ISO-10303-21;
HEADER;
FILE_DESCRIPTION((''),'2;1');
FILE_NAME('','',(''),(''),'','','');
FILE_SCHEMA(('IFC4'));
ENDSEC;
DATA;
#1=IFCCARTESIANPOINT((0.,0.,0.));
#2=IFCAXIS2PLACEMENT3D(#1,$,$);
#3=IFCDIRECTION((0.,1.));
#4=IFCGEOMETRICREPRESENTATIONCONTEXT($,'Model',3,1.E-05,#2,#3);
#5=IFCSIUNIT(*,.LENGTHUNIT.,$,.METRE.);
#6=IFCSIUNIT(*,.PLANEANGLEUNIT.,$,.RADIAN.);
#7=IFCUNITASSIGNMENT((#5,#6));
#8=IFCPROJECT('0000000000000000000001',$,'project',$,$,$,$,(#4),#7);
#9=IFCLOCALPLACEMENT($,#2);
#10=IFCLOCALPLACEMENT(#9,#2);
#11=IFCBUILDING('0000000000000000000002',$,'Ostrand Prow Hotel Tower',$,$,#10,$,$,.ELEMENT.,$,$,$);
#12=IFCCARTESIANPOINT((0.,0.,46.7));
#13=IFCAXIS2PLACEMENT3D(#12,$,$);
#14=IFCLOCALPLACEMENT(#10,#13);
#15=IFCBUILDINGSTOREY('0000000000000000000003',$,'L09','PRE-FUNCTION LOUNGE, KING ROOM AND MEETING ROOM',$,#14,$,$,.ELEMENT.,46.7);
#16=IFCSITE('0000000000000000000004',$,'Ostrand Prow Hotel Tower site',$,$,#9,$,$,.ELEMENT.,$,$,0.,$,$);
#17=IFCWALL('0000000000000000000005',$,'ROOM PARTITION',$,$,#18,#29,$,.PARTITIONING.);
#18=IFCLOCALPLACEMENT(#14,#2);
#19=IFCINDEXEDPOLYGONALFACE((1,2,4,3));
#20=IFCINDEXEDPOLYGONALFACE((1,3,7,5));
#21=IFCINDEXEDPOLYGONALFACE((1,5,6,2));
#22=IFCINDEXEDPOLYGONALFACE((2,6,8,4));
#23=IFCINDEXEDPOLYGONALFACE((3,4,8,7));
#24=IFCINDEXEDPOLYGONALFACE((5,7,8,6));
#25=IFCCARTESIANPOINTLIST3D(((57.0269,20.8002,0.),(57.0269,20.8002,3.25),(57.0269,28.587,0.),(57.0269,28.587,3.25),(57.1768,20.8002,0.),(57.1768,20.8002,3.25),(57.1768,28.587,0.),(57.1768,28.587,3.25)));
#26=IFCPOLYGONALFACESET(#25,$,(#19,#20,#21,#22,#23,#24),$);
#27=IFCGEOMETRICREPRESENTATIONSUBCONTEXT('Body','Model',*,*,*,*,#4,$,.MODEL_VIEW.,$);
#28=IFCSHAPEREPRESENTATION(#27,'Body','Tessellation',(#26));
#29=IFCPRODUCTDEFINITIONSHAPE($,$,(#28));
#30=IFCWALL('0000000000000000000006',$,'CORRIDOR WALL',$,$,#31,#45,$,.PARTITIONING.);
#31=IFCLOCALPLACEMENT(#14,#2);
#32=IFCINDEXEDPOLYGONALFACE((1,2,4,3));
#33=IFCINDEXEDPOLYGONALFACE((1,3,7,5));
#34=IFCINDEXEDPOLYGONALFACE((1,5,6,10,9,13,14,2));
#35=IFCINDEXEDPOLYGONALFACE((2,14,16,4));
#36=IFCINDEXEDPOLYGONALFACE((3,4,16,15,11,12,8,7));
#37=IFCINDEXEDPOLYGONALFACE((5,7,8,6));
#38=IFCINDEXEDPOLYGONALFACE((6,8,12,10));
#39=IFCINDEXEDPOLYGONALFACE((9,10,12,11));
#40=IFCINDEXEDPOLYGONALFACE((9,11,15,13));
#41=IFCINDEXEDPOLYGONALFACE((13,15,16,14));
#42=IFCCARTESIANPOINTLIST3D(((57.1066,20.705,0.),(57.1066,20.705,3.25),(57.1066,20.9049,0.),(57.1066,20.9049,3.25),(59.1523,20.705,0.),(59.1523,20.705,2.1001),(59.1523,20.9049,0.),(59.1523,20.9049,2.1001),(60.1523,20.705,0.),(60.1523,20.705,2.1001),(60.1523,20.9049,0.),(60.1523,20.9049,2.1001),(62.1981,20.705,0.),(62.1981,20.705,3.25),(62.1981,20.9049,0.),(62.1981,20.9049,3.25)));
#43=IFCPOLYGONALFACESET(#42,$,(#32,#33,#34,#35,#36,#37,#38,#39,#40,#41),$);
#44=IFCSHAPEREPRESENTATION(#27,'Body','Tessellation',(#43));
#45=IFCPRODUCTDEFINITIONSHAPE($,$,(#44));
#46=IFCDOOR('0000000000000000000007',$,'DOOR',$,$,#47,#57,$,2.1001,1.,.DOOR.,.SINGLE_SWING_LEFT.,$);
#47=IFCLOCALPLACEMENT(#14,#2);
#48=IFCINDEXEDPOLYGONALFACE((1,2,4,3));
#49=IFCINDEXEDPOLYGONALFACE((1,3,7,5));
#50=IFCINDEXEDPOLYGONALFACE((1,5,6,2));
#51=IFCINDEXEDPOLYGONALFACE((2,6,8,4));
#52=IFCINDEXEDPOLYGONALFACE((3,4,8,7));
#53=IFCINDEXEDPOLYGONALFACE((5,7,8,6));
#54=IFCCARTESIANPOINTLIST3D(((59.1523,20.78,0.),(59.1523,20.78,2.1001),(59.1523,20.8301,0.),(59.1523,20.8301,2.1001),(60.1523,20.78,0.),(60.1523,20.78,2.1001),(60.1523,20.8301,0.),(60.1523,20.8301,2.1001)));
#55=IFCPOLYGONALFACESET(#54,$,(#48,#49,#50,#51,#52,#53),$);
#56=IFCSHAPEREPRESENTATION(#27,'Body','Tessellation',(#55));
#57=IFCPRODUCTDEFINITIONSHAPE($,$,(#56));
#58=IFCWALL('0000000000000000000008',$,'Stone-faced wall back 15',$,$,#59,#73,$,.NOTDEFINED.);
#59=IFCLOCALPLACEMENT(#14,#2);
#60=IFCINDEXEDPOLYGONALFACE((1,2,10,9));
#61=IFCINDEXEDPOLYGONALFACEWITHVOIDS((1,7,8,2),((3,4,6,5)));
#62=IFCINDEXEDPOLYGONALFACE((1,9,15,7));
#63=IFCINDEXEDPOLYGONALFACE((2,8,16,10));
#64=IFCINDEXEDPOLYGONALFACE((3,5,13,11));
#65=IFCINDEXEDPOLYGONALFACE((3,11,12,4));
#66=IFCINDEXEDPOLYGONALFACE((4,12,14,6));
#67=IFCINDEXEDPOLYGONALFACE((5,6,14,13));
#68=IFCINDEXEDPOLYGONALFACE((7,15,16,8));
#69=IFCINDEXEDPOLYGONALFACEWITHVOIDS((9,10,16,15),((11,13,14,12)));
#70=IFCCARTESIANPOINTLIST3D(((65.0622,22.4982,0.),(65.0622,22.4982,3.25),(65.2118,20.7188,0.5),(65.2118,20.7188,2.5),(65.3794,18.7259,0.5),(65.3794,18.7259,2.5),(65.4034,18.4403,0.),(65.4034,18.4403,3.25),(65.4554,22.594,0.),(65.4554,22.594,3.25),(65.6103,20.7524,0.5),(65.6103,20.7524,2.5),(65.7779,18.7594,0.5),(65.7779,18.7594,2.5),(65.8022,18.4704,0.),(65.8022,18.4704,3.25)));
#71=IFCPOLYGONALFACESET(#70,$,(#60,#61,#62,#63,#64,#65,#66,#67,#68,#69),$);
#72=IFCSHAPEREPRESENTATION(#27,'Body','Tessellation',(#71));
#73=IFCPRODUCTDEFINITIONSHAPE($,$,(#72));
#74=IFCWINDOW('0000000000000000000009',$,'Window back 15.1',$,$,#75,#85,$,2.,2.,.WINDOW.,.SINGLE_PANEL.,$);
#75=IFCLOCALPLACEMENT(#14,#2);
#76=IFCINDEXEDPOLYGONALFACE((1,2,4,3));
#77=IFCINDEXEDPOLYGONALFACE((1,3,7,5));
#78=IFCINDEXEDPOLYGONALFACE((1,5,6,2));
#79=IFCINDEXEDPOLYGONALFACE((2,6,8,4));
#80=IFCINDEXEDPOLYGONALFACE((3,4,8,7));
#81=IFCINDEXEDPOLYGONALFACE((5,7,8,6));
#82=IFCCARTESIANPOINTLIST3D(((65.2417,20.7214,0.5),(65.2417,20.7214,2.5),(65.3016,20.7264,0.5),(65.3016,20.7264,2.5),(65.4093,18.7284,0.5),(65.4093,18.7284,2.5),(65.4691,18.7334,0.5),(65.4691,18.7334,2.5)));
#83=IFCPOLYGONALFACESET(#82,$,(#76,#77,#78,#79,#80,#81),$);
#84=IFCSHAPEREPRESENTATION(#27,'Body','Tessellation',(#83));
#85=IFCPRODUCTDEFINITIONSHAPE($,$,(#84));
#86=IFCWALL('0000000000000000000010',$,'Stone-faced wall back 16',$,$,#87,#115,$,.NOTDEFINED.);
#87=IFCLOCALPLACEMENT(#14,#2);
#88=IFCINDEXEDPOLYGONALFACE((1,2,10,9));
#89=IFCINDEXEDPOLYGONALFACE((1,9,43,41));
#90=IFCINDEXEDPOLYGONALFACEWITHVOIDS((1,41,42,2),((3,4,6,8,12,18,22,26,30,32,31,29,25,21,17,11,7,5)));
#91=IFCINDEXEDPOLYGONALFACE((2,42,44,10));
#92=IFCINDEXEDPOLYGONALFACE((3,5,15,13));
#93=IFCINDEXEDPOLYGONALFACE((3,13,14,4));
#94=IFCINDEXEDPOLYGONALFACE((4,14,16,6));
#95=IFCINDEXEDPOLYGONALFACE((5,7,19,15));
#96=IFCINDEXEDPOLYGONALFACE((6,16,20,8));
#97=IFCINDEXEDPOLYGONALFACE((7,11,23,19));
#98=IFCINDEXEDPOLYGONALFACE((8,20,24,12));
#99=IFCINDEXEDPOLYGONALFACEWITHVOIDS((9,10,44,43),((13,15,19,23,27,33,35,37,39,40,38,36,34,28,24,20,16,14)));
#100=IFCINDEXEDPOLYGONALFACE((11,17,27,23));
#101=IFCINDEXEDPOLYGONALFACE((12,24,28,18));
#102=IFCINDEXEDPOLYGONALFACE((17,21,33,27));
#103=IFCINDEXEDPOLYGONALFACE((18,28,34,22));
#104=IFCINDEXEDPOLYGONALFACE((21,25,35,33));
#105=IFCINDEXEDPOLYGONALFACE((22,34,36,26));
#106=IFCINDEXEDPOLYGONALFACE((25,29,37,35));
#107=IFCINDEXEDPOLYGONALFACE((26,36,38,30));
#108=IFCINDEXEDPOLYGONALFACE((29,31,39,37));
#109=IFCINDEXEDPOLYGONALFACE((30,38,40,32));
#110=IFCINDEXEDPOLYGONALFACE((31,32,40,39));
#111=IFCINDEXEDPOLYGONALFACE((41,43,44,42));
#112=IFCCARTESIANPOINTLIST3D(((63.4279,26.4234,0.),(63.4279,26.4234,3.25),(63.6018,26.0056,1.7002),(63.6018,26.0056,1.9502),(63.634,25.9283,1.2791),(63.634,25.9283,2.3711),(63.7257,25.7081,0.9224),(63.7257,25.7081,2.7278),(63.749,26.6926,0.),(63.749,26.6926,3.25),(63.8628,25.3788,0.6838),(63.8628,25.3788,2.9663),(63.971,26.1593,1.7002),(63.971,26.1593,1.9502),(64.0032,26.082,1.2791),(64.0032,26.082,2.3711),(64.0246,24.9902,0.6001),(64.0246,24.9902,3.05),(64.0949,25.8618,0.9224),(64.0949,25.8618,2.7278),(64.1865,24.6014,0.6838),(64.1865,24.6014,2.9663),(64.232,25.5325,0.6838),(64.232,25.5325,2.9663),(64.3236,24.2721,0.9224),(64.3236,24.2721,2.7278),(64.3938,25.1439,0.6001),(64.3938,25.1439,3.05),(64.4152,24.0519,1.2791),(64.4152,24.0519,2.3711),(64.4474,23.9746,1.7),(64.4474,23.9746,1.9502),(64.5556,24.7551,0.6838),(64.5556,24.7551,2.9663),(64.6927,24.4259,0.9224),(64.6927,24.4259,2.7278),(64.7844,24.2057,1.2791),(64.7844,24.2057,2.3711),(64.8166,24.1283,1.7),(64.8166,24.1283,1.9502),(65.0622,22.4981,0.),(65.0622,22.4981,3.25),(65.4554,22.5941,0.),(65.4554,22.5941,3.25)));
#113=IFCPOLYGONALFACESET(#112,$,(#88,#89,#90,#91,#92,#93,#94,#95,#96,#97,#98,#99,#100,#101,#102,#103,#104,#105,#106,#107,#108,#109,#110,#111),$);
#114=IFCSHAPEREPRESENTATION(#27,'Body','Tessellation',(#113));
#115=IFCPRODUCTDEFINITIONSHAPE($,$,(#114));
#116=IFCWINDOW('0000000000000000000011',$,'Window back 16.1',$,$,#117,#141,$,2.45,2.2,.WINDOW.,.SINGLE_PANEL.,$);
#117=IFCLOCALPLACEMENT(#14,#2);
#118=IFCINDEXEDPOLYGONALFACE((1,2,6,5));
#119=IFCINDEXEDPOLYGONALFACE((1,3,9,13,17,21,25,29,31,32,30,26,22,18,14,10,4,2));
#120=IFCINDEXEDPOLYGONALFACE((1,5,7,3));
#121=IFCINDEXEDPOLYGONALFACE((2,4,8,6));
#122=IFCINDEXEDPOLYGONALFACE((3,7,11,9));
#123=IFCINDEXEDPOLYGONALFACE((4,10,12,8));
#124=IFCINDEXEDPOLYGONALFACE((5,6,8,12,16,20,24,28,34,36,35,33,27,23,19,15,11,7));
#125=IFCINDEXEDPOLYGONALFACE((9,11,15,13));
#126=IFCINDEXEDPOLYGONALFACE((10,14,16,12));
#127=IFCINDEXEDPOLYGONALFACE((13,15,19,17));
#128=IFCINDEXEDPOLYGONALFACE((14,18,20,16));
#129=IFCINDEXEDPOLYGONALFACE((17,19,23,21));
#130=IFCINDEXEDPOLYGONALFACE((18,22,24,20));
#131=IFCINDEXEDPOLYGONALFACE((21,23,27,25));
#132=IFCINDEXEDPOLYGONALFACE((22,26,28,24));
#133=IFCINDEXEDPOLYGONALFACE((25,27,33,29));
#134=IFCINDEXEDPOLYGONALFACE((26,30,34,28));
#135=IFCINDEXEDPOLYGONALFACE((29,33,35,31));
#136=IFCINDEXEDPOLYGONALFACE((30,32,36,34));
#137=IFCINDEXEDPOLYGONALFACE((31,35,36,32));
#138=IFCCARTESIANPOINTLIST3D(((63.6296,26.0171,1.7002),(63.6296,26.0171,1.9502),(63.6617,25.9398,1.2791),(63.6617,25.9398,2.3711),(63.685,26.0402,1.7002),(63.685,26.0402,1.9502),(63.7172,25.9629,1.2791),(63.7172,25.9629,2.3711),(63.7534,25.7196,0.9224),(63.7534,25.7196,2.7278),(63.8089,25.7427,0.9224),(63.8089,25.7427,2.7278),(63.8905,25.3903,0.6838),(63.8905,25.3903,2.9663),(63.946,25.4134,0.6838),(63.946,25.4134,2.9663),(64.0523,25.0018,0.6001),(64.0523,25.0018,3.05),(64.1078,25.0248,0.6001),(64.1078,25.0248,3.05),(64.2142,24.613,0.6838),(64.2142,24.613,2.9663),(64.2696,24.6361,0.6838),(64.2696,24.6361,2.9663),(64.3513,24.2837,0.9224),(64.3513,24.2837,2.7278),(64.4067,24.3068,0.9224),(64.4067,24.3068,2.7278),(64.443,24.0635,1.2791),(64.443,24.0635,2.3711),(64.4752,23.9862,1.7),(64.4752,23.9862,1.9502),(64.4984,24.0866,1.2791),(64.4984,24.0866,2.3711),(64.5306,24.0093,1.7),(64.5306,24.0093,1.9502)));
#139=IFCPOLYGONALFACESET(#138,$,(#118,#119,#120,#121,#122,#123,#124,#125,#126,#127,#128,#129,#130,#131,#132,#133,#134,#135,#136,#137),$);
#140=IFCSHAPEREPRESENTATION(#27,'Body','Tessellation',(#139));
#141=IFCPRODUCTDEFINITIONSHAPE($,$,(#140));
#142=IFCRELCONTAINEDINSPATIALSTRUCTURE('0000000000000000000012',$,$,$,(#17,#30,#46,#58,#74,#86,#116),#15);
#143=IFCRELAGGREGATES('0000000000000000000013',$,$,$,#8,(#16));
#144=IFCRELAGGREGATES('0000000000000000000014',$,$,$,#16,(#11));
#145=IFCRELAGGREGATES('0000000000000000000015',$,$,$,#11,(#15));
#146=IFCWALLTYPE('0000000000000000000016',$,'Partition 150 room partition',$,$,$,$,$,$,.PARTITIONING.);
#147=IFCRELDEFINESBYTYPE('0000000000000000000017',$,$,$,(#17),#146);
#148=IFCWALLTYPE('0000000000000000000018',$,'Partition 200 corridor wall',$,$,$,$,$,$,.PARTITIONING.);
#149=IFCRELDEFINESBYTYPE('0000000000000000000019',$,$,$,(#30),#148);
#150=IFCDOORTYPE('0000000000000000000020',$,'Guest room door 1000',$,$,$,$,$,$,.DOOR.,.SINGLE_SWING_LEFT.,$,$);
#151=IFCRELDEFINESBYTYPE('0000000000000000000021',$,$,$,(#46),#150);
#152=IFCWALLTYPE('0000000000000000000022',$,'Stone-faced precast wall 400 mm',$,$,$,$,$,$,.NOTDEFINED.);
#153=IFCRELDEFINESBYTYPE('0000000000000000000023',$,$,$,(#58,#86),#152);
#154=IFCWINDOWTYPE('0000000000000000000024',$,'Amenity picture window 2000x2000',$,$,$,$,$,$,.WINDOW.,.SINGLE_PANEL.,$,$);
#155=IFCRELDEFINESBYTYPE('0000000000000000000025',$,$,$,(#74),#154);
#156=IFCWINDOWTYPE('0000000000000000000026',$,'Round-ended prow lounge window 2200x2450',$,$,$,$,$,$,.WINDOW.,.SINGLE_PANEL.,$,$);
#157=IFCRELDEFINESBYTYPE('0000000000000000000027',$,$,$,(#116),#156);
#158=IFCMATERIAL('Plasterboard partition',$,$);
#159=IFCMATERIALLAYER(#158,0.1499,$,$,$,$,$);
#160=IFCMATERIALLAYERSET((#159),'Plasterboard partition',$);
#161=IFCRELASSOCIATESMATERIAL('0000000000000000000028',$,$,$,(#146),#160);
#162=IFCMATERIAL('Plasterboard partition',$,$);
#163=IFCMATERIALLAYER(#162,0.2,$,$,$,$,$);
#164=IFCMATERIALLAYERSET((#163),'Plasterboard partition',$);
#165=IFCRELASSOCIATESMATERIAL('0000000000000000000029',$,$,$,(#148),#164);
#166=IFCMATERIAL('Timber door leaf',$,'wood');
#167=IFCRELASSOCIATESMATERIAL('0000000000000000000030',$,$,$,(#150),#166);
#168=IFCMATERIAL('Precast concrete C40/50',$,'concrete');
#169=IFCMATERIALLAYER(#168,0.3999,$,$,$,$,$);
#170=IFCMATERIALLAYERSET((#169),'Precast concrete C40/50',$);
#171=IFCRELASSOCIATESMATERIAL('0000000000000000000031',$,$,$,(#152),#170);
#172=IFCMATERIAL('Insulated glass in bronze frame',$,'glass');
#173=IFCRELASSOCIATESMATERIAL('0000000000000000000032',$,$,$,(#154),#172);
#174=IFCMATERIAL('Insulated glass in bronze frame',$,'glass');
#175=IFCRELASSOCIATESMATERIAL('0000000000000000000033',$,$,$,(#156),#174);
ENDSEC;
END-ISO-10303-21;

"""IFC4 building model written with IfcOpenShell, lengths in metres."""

from ifc_helpers import new_model, si_unit, direction, frame, frame_2d, origin, place, context, subcontext, project, spatial, polyline, rectangle, outline, extrude, material, layer, layer_set, type_object, element, fill, save


model = new_model("IFC4")

# Units and contexts
model_context = context("Model", 3, precision=1e-05, world=origin(), true_north=direction((0.0, 1.0)))
body_context = subcontext(model_context, "Body", "Model", "MODEL_VIEW")
ifc_project = project(units=[si_unit("LENGTHUNIT", "METRE"), si_unit("PLANEANGLEUNIT", "RADIAN")], contexts=[model_context])

# Site, building, storey
site_placement = place(None, origin())
site = spatial("IfcSite", under=ifc_project, at=site_placement, Name="Ostrand Prow Hotel Tower site", CompositionType="ELEMENT", RefElevation=0.0)
building_placement = place(site_placement, origin())
building = spatial("IfcBuilding", under=site, at=building_placement, Name="Ostrand Prow Hotel Tower", CompositionType="ELEMENT")
storey_placement = place(building_placement, frame((0.0, 0.0, 46.7)))
storey = spatial("IfcBuildingStorey", under=building, at=storey_placement, Name="L09", Description="PRE-FUNCTION LOUNGE, KING ROOM AND MEETING ROOM", CompositionType="ELEMENT", Elevation=46.7)

# Wall
ifc_material_1 = material(Name="Plasterboard partition")
ifc_layer_1 = layer(ifc_material_1, 0.1499)
ifc_layer_set_1 = layer_set([ifc_layer_1], Name="Plasterboard partition")
wall_type_1 = type_object("IfcWallType", Name="Partition 150 room partition", PredefinedType="PARTITIONING", material=ifc_layer_set_1)
wall_1_placement = place(storey_placement, frame((57.1018, 20.8, 0.0), z_axis=(0.0, 0.0, 1.0), x_axis=(0.0, 1.0, 0.0)))
element("IfcWall", 1, at=wall_1_placement, inside=storey, type_object=wall_type_1, Name="ROOM PARTITION", PredefinedType="PARTITIONING", context=body_context, shape_type="SweptSolid", body=[
    extrude(rectangle(XDim=7.7869, YDim=0.1499, at=frame_2d((3.8936, 0.0))), origin(), (0.0, 0.0, 1.0), 3.25),
])

# Wall, opening, door
ifc_material_2 = material(Name="Plasterboard partition")
ifc_layer_2 = layer(ifc_material_2, 0.2)
ifc_layer_set_2 = layer_set([ifc_layer_2], Name="Plasterboard partition")
wall_type_2 = type_object("IfcWallType", Name="Partition 200 corridor wall", PredefinedType="PARTITIONING", material=ifc_layer_set_2)
wall_2_placement = place(storey_placement, frame((62.1982, 20.8049, 0.0), z_axis=(0.0, 0.0, 1.0), x_axis=(-1.0, 0.0, 0.0)))
wall_2 = element("IfcWall", 2, at=wall_2_placement, inside=storey, type_object=wall_type_2, Name="CORRIDOR WALL", PredefinedType="PARTITIONING", context=body_context, shape_type="SweptSolid", body=[
    extrude(rectangle(XDim=5.0916, YDim=0.2, at=frame_2d((2.5459, 0.0))), origin(), (0.0, 0.0, 1.0), 3.25),
])
opening_1_placement = place(wall_2_placement, frame((2.0459, 0.0, 0.0)))
opening_1 = element("IfcOpeningElement", 3, at=opening_1_placement, cuts=wall_2, PredefinedType="OPENING", context=body_context, shape_type="SweptSolid", body=[
    extrude(rectangle(XDim=1.0, YDim=2.1001, at=frame_2d((0.5, 1.05))), frame((0.0, 0.1099, 0.0), z_axis=(0.0, -1.0, 0.0), x_axis=(1.0, 0.0, 0.0)), (0.0, 0.0, 1.0), 0.22),
])
ifc_material_3 = material(Name="Timber door leaf", Category="wood")
door_type_1 = type_object("IfcDoorType", Name="Guest room door 1000", OperationType="SINGLE_SWING_LEFT", PredefinedType="DOOR", material=ifc_material_3)
door_1_placement = place(opening_1_placement, origin())
door_1 = element("IfcDoor", 4, at=door_1_placement, inside=storey, type_object=door_type_1, Name="DOOR", OperationType="SINGLE_SWING_LEFT", OverallHeight=2.1001, OverallWidth=1.0, PredefinedType="DOOR", context=body_context, shape_type="SweptSolid", body=[
    extrude(rectangle(XDim=1.0, YDim=2.1001, at=frame_2d((0.5, 1.05))), frame((0.0, 0.0249, 0.0), z_axis=(0.0, -1.0, 0.0), x_axis=(1.0, 0.0, 0.0)), (0.0, 0.0, 1.0), 0.05),
])
fill(opening_1, door_1)

# Walls, openings, windows
ifc_material_4 = material(Name="Precast concrete C40/50", Category="concrete")
ifc_layer_3 = layer(ifc_material_4, 0.3999)
ifc_layer_set_3 = layer_set([ifc_layer_3], Name="Precast concrete C40/50")
wall_type_3 = type_object("IfcWallType", Name="Stone-faced precast wall 400 mm", PredefinedType="NOTDEFINED", material=ifc_layer_set_3)
wall_3_placement = place(storey_placement, frame((65.6028, 18.4553, 0.0), z_axis=(0.0, 0.0, 1.0), x_axis=(-0.083794, 0.996483, 0.0)))
wall_3 = element("IfcWall", 5, at=wall_3_placement, inside=storey, type_object=wall_type_3, Name="Stone-faced wall back 15", PredefinedType="NOTDEFINED", context=body_context, shape_type="SweptSolid", body=[
    extrude(outline(polyline([(-0.0017, -0.2), (4.1365, -0.2), (4.074, 0.2), (0.0017, 0.2), (-0.0017, -0.2)])), origin(), (0.0, 0.0, 1.0), 3.25),
])
opening_2_placement = place(wall_3_placement, frame((0.2883, 0.0, 0.5)))
opening_2 = element("IfcOpeningElement", 6, at=opening_2_placement, cuts=wall_3, PredefinedType="OPENING", context=body_context, shape_type="SweptSolid", body=[
    extrude(rectangle(XDim=2.0, YDim=2.0, at=frame_2d((1.0, 1.0))), frame((0.0, 0.21, 0.0), z_axis=(0.0, -1.0, 0.0), x_axis=(1.0, 0.0, 0.0)), (0.0, 0.0, 1.0), 0.4199),
])
ifc_material_5 = material(Name="Insulated glass in bronze frame", Category="glass")
window_type_1 = type_object("IfcWindowType", Name="Amenity picture window 2000x2000", PartitioningType="SINGLE_PANEL", PredefinedType="WINDOW", material=ifc_material_5)
window_1_placement = place(opening_2_placement, origin())
window_1 = element("IfcWindow", 7, at=window_1_placement, inside=storey, type_object=window_type_1, Name="Window back 15.1", OverallHeight=2.0, OverallWidth=2.0, PartitioningType="SINGLE_PANEL", PredefinedType="WINDOW", context=body_context, shape_type="SweptSolid", body=[
    extrude(rectangle(XDim=2.0, YDim=2.0, at=frame_2d((1.0, 1.0))), frame((0.0, 0.1699, 0.0), z_axis=(0.0, -1.0, 0.0), x_axis=(1.0, 0.0, 0.0)), (0.0, 0.0, 1.0), 0.0601),
])
fill(opening_2, window_1)
wall_4_placement = place(storey_placement, frame((65.2588, 22.5461, 0.0), z_axis=(0.0, 0.0, 1.0), x_axis=(-0.384372, 0.923178, 0.0)))
wall_4 = element("IfcWall", 8, at=wall_4_placement, inside=storey, type_object=wall_type_3, Name="Stone-faced wall back 16", PredefinedType="NOTDEFINED", context=body_context, shape_type="SweptSolid", body=[
    extrude(outline(polyline([(-0.0312, -0.2), (4.4082, -0.2), (4.2832, 0.2), (0.0312, 0.2), (-0.0312, -0.2)])), origin(), (0.0, 0.0, 1.0), 3.25),
])
opening_3_placement = place(wall_4_placement, frame((1.6306, 0.0, 0.6001)))
opening_3 = element("IfcOpeningElement", 9, at=opening_3_placement, cuts=wall_4, PredefinedType="OPENING", context=body_context, shape_type="SweptSolid", body=[
    extrude(outline(polyline([(0.0, 1.3501), (0.0837, 1.771), (0.3223, 2.1277), (0.679, 2.3662), (1.1001, 2.45), (1.521, 2.3662), (1.8777, 2.1277), (2.1162, 1.771), (2.2, 1.3501), (2.2, 1.1001), (2.1162, 0.679), (1.8777, 0.3223), (1.521, 0.0837), (1.1001, 0.0), (0.679, 0.0837), (0.3223, 0.3223), (0.0837, 0.679), (0.0, 1.0999), (0.0, 1.3501)])), frame((0.0, 0.21, 0.0), z_axis=(0.0, -1.0, 0.0), x_axis=(1.0, 0.0, 0.0)), (0.0, 0.0, 1.0), 0.4199),
])
ifc_material_6 = material(Name="Insulated glass in bronze frame", Category="glass")
window_type_2 = type_object("IfcWindowType", Name="Round-ended prow lounge window 2200x2450", PartitioningType="SINGLE_PANEL", PredefinedType="WINDOW", material=ifc_material_6)
window_2_placement = place(opening_3_placement, origin())
window_2 = element("IfcWindow", 10, at=window_2_placement, inside=storey, type_object=window_type_2, Name="Window back 16.1", OverallHeight=2.45, OverallWidth=2.2, PartitioningType="SINGLE_PANEL", PredefinedType="WINDOW", context=body_context, shape_type="SweptSolid", body=[
    extrude(outline(polyline([(0.0, 1.3501), (0.0837, 1.771), (0.3223, 2.1277), (0.679, 2.3662), (1.1001, 2.45), (1.521, 2.3662), (1.8777, 2.1277), (2.1162, 1.771), (2.2, 1.3501), (2.2, 1.1001), (2.1162, 0.679), (1.8777, 0.3223), (1.521, 0.0837), (1.1001, 0.0), (0.679, 0.0837), (0.3223, 0.3223), (0.0837, 0.679), (0.0, 1.0999), (0.0, 1.3501)])), frame((0.0, 0.1699, 0.0), z_axis=(0.0, -1.0, 0.0), x_axis=(1.0, 0.0, 0.0)), (0.0, 0.0, 1.0), 0.0601),
])
fill(opening_3, window_2)

save(model, "model.ifc")
